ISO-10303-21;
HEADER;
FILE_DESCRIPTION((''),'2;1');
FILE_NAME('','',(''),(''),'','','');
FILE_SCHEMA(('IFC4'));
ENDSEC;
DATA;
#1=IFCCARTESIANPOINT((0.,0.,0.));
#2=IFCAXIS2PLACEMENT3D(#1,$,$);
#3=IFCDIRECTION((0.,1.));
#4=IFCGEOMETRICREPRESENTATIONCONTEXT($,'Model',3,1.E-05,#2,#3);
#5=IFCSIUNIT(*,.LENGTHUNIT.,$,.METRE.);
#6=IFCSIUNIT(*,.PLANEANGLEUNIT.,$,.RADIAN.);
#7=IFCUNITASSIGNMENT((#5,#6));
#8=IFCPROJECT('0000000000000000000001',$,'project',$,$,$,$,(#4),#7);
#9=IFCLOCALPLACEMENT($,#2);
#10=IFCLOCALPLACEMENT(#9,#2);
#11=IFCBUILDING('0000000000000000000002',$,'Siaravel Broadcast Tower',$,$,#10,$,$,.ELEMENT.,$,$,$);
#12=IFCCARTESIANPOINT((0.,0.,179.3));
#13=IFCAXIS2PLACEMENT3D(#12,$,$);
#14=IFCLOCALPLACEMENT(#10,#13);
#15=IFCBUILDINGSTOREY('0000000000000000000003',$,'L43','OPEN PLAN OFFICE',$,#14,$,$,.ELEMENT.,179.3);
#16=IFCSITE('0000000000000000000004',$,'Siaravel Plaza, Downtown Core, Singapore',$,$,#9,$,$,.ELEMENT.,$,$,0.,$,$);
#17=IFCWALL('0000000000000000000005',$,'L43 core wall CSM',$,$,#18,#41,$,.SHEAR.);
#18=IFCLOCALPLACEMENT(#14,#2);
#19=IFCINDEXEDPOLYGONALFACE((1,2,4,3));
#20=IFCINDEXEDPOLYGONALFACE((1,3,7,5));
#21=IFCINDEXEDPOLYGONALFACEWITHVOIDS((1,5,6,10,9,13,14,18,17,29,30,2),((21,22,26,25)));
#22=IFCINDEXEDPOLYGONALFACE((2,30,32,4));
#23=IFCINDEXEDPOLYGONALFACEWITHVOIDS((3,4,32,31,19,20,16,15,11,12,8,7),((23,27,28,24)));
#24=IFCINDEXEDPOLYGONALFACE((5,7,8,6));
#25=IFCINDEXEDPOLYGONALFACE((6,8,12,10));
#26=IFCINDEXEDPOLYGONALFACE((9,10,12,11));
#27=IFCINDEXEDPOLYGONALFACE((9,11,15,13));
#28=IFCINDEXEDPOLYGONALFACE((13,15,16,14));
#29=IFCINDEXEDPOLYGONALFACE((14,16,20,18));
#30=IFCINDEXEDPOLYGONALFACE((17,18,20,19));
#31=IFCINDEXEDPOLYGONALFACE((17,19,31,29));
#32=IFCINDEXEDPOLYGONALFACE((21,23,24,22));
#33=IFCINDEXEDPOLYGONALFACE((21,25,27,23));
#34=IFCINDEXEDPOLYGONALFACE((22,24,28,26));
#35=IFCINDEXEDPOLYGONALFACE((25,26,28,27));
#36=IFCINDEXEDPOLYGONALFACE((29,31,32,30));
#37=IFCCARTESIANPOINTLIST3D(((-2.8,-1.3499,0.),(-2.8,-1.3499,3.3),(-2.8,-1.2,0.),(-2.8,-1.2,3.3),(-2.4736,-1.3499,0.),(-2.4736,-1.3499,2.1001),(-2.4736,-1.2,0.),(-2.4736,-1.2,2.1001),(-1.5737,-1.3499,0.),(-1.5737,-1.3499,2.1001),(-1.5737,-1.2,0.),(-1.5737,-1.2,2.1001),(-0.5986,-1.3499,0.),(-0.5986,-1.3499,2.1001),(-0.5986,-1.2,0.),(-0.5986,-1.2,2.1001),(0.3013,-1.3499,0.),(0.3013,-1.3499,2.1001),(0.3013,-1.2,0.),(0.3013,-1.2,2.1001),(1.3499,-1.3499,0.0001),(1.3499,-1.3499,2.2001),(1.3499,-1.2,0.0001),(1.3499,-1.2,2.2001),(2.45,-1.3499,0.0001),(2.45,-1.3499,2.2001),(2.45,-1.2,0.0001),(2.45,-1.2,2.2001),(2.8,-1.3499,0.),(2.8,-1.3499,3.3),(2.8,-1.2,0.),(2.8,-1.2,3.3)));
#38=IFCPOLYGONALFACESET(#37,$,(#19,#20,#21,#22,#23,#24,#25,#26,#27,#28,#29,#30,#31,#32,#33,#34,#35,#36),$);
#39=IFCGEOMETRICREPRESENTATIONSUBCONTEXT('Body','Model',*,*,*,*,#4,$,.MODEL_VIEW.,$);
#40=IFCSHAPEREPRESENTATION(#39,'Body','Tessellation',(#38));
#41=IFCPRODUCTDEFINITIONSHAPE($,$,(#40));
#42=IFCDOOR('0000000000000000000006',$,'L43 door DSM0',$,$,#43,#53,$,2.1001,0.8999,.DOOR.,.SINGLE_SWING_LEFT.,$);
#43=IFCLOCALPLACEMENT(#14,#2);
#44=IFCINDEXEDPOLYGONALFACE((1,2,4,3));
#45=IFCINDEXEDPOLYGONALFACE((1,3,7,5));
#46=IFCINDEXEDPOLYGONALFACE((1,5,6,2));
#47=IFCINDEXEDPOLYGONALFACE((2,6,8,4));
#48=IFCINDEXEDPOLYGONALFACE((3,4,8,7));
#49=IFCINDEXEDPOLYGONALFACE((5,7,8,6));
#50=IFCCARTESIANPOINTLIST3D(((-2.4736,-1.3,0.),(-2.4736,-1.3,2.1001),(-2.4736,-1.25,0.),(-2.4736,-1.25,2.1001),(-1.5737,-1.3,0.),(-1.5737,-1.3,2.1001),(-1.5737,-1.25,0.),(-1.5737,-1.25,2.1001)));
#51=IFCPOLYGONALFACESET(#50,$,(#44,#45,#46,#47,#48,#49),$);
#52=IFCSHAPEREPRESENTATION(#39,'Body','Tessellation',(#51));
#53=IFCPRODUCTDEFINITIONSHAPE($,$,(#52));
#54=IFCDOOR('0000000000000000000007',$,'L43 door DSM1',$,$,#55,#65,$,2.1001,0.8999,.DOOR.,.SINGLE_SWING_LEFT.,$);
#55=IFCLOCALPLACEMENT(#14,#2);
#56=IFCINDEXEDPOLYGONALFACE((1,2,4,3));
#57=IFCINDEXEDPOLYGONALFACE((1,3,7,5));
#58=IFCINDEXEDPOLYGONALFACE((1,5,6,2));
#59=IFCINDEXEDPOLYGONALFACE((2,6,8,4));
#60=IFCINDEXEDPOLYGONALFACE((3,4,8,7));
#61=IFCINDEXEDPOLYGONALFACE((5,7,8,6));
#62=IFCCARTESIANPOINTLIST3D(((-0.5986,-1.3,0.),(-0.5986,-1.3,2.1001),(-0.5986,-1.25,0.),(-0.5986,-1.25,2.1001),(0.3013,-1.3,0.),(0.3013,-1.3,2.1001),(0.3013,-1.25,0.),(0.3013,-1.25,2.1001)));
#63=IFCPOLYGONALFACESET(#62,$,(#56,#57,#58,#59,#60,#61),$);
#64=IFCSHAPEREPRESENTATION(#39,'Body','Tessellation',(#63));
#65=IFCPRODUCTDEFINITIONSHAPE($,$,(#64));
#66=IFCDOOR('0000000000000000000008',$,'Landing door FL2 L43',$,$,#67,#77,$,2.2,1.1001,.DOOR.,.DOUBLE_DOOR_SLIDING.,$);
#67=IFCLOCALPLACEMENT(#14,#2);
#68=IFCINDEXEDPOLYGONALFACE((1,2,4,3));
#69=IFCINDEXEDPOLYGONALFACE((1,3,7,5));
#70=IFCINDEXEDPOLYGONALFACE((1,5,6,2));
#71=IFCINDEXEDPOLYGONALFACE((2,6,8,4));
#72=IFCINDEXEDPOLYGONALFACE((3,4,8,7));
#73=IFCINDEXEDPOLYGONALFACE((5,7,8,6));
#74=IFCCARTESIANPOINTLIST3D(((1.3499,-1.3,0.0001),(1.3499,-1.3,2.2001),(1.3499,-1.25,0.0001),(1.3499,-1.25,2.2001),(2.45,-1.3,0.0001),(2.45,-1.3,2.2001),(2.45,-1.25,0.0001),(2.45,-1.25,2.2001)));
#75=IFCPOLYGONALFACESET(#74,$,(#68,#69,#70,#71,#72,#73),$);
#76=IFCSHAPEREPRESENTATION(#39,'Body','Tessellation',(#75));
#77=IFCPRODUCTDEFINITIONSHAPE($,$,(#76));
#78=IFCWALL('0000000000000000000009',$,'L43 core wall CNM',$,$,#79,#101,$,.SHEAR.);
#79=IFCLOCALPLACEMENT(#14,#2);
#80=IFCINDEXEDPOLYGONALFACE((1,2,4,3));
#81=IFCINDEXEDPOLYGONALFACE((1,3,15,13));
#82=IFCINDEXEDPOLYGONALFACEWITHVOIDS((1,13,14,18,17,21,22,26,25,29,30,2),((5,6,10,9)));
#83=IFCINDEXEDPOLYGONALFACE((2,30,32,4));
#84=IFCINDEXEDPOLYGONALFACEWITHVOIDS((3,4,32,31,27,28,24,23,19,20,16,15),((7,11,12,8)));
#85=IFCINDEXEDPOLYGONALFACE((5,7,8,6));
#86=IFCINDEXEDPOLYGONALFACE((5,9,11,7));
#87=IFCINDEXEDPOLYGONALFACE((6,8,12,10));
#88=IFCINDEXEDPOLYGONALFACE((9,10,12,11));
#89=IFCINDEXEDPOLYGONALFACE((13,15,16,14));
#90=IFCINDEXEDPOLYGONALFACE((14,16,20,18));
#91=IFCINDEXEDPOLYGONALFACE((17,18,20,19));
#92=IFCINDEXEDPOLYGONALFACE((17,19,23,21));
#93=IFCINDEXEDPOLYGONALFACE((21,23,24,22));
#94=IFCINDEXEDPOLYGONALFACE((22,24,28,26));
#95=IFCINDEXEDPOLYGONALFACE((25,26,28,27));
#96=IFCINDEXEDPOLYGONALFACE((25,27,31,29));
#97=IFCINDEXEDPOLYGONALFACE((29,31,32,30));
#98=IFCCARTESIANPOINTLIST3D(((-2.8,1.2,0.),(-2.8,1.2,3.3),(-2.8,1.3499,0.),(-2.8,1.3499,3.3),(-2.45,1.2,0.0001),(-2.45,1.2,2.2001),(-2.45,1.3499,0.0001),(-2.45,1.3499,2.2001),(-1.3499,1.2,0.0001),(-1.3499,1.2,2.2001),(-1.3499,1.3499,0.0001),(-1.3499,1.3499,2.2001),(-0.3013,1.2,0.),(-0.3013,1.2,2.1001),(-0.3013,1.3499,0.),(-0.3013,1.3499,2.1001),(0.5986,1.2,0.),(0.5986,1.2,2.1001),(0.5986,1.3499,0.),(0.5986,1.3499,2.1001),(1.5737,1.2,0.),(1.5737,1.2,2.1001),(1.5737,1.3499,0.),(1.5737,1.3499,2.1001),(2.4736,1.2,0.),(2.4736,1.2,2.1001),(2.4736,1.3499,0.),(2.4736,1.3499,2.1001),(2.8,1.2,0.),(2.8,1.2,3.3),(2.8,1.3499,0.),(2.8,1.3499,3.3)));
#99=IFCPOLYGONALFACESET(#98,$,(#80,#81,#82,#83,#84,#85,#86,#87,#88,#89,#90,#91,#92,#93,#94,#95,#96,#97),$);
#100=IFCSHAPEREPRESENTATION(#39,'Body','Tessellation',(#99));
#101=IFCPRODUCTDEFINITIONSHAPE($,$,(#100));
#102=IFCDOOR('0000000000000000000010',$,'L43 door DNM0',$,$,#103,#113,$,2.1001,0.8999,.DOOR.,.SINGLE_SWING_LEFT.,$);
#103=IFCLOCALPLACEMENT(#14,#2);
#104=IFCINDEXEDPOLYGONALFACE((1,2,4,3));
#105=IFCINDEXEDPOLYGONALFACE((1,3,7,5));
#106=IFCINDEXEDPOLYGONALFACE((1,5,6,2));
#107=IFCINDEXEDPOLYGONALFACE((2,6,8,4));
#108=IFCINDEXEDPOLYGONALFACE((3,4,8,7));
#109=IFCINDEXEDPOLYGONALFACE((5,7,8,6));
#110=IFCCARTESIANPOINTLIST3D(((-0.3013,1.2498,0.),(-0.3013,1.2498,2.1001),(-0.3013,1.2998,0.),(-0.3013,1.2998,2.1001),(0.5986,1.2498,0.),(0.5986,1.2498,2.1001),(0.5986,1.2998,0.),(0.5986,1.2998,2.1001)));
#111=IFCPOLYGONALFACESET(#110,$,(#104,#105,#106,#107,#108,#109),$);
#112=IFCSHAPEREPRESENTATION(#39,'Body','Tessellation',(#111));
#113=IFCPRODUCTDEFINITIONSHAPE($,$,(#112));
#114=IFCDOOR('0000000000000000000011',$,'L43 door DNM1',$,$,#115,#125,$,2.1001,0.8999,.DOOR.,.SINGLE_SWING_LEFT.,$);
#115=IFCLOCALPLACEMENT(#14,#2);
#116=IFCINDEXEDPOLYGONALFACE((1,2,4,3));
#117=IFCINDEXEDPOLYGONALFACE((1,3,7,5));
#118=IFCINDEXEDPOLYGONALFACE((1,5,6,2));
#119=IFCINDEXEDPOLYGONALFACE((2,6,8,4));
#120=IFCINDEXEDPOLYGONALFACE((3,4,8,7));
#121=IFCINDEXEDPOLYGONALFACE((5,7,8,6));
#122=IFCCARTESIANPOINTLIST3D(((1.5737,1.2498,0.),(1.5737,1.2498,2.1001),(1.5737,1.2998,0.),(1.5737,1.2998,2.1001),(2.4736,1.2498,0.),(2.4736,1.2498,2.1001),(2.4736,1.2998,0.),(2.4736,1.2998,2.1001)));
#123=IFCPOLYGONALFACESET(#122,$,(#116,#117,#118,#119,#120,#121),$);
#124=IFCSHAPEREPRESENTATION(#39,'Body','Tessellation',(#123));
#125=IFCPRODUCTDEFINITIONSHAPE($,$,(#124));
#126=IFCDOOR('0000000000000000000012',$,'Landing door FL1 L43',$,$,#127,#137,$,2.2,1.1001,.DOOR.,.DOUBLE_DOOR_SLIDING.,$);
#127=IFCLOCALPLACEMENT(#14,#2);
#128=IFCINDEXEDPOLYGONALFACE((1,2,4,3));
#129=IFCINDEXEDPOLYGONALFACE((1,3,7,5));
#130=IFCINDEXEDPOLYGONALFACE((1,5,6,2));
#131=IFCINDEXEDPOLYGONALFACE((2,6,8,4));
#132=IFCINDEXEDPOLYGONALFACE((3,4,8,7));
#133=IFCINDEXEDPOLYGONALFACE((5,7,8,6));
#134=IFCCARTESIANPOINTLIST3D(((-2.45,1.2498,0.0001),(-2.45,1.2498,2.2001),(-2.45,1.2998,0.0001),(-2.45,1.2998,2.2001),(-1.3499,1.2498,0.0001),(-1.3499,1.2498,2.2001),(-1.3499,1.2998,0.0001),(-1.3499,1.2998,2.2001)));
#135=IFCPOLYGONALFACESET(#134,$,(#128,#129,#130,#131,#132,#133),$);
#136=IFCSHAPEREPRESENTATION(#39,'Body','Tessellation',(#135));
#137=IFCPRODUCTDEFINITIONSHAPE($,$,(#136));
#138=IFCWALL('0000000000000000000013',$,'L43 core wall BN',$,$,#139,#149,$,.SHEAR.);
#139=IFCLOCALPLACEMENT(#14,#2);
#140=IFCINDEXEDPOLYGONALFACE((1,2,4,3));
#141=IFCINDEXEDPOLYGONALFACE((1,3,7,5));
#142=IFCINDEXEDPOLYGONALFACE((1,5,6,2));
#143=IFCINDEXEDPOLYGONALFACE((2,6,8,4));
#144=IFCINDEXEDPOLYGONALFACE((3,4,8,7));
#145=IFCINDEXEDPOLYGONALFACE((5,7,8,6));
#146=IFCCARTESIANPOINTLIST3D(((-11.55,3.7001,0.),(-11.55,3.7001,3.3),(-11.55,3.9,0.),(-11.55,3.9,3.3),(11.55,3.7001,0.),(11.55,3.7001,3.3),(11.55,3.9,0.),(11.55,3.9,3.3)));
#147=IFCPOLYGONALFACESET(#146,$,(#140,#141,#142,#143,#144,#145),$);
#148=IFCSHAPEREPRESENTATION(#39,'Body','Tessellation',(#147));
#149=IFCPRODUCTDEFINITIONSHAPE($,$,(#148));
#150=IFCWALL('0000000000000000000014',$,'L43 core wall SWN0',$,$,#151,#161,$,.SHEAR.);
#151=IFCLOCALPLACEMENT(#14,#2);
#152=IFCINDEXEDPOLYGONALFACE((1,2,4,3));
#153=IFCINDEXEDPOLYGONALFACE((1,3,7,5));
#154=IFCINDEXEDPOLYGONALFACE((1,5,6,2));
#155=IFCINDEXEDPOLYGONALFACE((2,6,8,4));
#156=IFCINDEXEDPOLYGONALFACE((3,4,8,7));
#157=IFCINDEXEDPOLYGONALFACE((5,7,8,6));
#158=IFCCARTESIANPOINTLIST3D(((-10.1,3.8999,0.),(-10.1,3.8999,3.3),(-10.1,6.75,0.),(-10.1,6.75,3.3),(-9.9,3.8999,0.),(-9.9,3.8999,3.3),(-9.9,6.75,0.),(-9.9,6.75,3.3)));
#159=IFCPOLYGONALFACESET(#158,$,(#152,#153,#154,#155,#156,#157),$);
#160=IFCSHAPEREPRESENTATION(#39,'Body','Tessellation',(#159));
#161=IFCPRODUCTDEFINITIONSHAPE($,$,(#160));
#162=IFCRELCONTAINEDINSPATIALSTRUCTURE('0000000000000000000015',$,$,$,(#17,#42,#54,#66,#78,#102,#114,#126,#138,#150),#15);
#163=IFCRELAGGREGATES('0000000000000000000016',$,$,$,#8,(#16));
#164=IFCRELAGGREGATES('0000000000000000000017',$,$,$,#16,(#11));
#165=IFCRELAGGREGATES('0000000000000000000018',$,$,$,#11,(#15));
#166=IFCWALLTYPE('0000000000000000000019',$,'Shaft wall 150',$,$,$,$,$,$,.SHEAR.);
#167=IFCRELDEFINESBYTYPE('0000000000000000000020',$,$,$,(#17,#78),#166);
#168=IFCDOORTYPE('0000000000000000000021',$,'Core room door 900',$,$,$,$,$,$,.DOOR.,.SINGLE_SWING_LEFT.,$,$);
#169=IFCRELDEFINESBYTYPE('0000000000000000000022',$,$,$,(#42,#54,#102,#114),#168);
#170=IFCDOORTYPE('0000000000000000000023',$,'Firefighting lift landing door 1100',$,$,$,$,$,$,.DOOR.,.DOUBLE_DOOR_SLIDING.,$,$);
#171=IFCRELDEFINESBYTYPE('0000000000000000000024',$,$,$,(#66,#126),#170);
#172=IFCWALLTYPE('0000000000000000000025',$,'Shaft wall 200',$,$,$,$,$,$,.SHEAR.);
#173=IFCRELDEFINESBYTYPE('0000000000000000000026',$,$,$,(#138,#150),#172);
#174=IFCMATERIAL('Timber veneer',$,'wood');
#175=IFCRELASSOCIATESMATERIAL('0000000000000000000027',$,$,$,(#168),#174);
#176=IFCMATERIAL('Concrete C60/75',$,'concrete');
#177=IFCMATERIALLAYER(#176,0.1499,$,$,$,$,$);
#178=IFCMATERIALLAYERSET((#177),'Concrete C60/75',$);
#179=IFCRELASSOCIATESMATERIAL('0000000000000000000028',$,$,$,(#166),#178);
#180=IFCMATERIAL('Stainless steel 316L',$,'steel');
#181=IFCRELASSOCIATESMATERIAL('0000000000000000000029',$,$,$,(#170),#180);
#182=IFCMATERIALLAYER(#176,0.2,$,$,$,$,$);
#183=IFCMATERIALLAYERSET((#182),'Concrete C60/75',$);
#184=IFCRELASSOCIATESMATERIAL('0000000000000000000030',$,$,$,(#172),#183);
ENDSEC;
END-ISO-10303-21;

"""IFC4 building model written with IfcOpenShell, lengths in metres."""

from ifc_helpers import new_model, si_unit, direction, frame, frame_2d, origin, place, context, subcontext, project, spatial, rectangle, extrude, material, layer, layer_set, type_object, element, fill, save


model = new_model("IFC4")

# Units and contexts
model_context = context("Model", 3, precision=1e-05, world=origin(), true_north=direction((0.0, 1.0)))
body_context = subcontext(model_context, "Body", "Model", "MODEL_VIEW")
ifc_project = project(units=[si_unit("LENGTHUNIT", "METRE"), si_unit("PLANEANGLEUNIT", "RADIAN")], contexts=[model_context])

# Site, building, storey
site_placement = place(None, origin())
site = spatial("IfcSite", under=ifc_project, at=site_placement, Name="Siaravel Plaza, Downtown Core, Singapore", CompositionType="ELEMENT", RefElevation=0.0)
building_placement = place(site_placement, origin())
building = spatial("IfcBuilding", under=site, at=building_placement, Name="Siaravel Broadcast Tower", CompositionType="ELEMENT")
storey_placement = place(building_placement, frame((0.0, 0.0, 179.3)))
storey = spatial("IfcBuildingStorey", under=building, at=storey_placement, Name="L43", Description="OPEN PLAN OFFICE", CompositionType="ELEMENT", Elevation=179.3)

# Shared definitions
ifc_material_1 = material(Name="Timber veneer", Category="wood")
door_type_1 = type_object("IfcDoorType", Name="Core room door 900", OperationType="SINGLE_SWING_LEFT", PredefinedType="DOOR", material=ifc_material_1)

# Walls, openings, doors
ifc_material_2 = material(Name="Concrete C60/75", Category="concrete")
ifc_layer_1 = layer(ifc_material_2, 0.1499)
ifc_layer_set_1 = layer_set([ifc_layer_1], Name="Concrete C60/75")
wall_type_1 = type_object("IfcWallType", Name="Shaft wall 150", PredefinedType="SHEAR", material=ifc_layer_set_1)
wall_1_placement = place(storey_placement, frame((-2.8, -1.2749, 0.0), z_axis=(0.0, 0.0, 1.0), x_axis=(1.0, 0.0, 0.0)))
wall_1 = element("IfcWall", 1, at=wall_1_placement, inside=storey, type_object=wall_type_1, Name="L43 core wall CSM", PredefinedType="SHEAR", context=body_context, shape_type="SweptSolid", body=[
    extrude(rectangle(XDim=5.6001, YDim=0.1499, at=frame_2d((2.8, 0.0))), origin(), (0.0, 0.0, 1.0), 3.3),
])
opening_1_placement = place(wall_1_placement, frame((4.1499, 0.0, 0.0)))
opening_1 = element("IfcOpeningElement", 2, at=opening_1_placement, cuts=wall_1, PredefinedType="OPENING", context=body_context, shape_type="SweptSolid", body=[
    extrude(rectangle(XDim=1.1001, YDim=2.2, at=frame_2d((0.55, 1.1001))), frame((0.0, 0.085, 0.0), z_axis=(0.0, -1.0, 0.0), x_axis=(1.0, 0.0, 0.0)), (0.0, 0.0, 1.0), 0.1699),
])
opening_2_placement = place(wall_1_placement, frame((0.3264, 0.0, 0.0)))
opening_2 = element("IfcOpeningElement", 3, at=opening_2_placement, cuts=wall_1, PredefinedType="OPENING", context=body_context, shape_type="SweptSolid", body=[
    extrude(rectangle(XDim=0.8999, YDim=2.1001, at=frame_2d((0.45, 1.05))), frame((0.0, 0.085, 0.0), z_axis=(0.0, -1.0, 0.0), x_axis=(1.0, 0.0, 0.0)), (0.0, 0.0, 1.0), 0.1699),
])
opening_3_placement = place(wall_1_placement, frame((2.2014, 0.0, 0.0)))
opening_3 = element("IfcOpeningElement", 4, at=opening_3_placement, cuts=wall_1, PredefinedType="OPENING", context=body_context, shape_type="SweptSolid", body=[
    extrude(rectangle(XDim=0.8999, YDim=2.1001, at=frame_2d((0.45, 1.05))), frame((0.0, 0.085, 0.0), z_axis=(0.0, -1.0, 0.0), x_axis=(1.0, 0.0, 0.0)), (0.0, 0.0, 1.0), 0.1699),
])
door_1_placement = place(opening_2_placement, origin())
door_1 = element("IfcDoor", 5, at=door_1_placement, inside=storey, type_object=door_type_1, Name="L43 door DSM0", OperationType="SINGLE_SWING_LEFT", OverallHeight=2.1001, OverallWidth=0.8999, PredefinedType="DOOR", context=body_context, shape_type="SweptSolid", body=[
    extrude(rectangle(XDim=0.8999, YDim=2.1001, at=frame_2d((0.45, 1.05))), frame((0.0, 0.0249, 0.0), z_axis=(0.0, -1.0, 0.0), x_axis=(1.0, 0.0, 0.0)), (0.0, 0.0, 1.0), 0.05),
])
fill(opening_2, door_1)
door_2_placement = place(opening_3_placement, origin())
door_2 = element("IfcDoor", 6, at=door_2_placement, inside=storey, type_object=door_type_1, Name="L43 door DSM1", OperationType="SINGLE_SWING_LEFT", OverallHeight=2.1001, OverallWidth=0.8999, PredefinedType="DOOR", context=body_context, shape_type="SweptSolid", body=[
    extrude(rectangle(XDim=0.8999, YDim=2.1001, at=frame_2d((0.45, 1.05))), frame((0.0, 0.0249, 0.0), z_axis=(0.0, -1.0, 0.0), x_axis=(1.0, 0.0, 0.0)), (0.0, 0.0, 1.0), 0.05),
])
fill(opening_3, door_2)
ifc_material_3 = material(Name="Stainless steel 316L", Category="steel")
door_type_2 = type_object("IfcDoorType", Name="Firefighting lift landing door 1100", OperationType="DOUBLE_DOOR_SLIDING", PredefinedType="DOOR", material=ifc_material_3)
door_3_placement = place(opening_1_placement, origin())
door_3 = element("IfcDoor", 7, at=door_3_placement, inside=storey, type_object=door_type_2, Name="Landing door FL2 L43", OperationType="DOUBLE_DOOR_SLIDING", OverallHeight=2.2, OverallWidth=1.1001, PredefinedType="DOOR", context=body_context, shape_type="SweptSolid", body=[
    extrude(rectangle(XDim=1.1001, YDim=2.2, at=frame_2d((0.55, 1.1001))), frame((0.0, 0.0249, 0.0), z_axis=(0.0, -1.0, 0.0), x_axis=(1.0, 0.0, 0.0)), (0.0, 0.0, 1.0), 0.05),
])
fill(opening_1, door_3)
wall_2_placement = place(storey_placement, frame((-2.8, 1.2749, 0.0), z_axis=(0.0, 0.0, 1.0), x_axis=(1.0, 0.0, 0.0)))
wall_2 = element("IfcWall", 8, at=wall_2_placement, inside=storey, type_object=wall_type_1, Name="L43 core wall CNM", PredefinedType="SHEAR", context=body_context, shape_type="SweptSolid", body=[
    extrude(rectangle(XDim=5.6001, YDim=0.1499, at=frame_2d((2.8, 0.0))), origin(), (0.0, 0.0, 1.0), 3.3),
])
opening_4_placement = place(wall_2_placement, frame((0.3501, 0.0, 0.0)))
opening_4 = element("IfcOpeningElement", 9, at=opening_4_placement, cuts=wall_2, PredefinedType="OPENING", context=body_context, shape_type="SweptSolid", body=[
    extrude(rectangle(XDim=1.1001, YDim=2.2, at=frame_2d((0.55, 1.1001))), frame((0.0, 0.085, 0.0), z_axis=(0.0, -1.0, 0.0), x_axis=(1.0, 0.0, 0.0)), (0.0, 0.0, 1.0), 0.1699),
])
opening_5_placement = place(wall_2_placement, frame((2.4988, 0.0, 0.0)))
opening_5 = element("IfcOpeningElement", 10, at=opening_5_placement, cuts=wall_2, PredefinedType="OPENING", context=body_context, shape_type="SweptSolid", body=[
    extrude(rectangle(XDim=0.8999, YDim=2.1001, at=frame_2d((0.45, 1.05))), frame((0.0, 0.085, 0.0), z_axis=(0.0, -1.0, 0.0), x_axis=(1.0, 0.0, 0.0)), (0.0, 0.0, 1.0), 0.1699),
])
opening_6_placement = place(wall_2_placement, frame((4.3738, 0.0, 0.0)))
opening_6 = element("IfcOpeningElement", 11, at=opening_6_placement, cuts=wall_2, PredefinedType="OPENING", context=body_context, shape_type="SweptSolid", body=[
    extrude(rectangle(XDim=0.8999, YDim=2.1001, at=frame_2d((0.45, 1.05))), frame((0.0, 0.085, 0.0), z_axis=(0.0, -1.0, 0.0), x_axis=(1.0, 0.0, 0.0)), (0.0, 0.0, 1.0), 0.1699),
])
door_4_placement = place(opening_5_placement, origin())
door_4 = element("IfcDoor", 12, at=door_4_placement, inside=storey, type_object=door_type_1, Name="L43 door DNM0", OperationType="SINGLE_SWING_LEFT", OverallHeight=2.1001, OverallWidth=0.8999, PredefinedType="DOOR", context=body_context, shape_type="SweptSolid", body=[
    extrude(rectangle(XDim=0.8999, YDim=2.1001, at=frame_2d((0.45, 1.05))), frame((0.0, 0.0249, 0.0), z_axis=(0.0, -1.0, 0.0), x_axis=(1.0, 0.0, 0.0)), (0.0, 0.0, 1.0), 0.05),
])
fill(opening_5, door_4)
door_5_placement = place(opening_6_placement, origin())
door_5 = element("IfcDoor", 13, at=door_5_placement, inside=storey, type_object=door_type_1, Name="L43 door DNM1", OperationType="SINGLE_SWING_LEFT", OverallHeight=2.1001, OverallWidth=0.8999, PredefinedType="DOOR", context=body_context, shape_type="SweptSolid", body=[
    extrude(rectangle(XDim=0.8999, YDim=2.1001, at=frame_2d((0.45, 1.05))), frame((0.0, 0.0249, 0.0), z_axis=(0.0, -1.0, 0.0), x_axis=(1.0, 0.0, 0.0)), (0.0, 0.0, 1.0), 0.05),
])
fill(opening_6, door_5)
door_6_placement = place(opening_4_placement, origin())
door_6 = element("IfcDoor", 14, at=door_6_placement, inside=storey, type_object=door_type_2, Name="Landing door FL1 L43", OperationType="DOUBLE_DOOR_SLIDING", OverallHeight=2.2, OverallWidth=1.1001, PredefinedType="DOOR", context=body_context, shape_type="SweptSolid", body=[
    extrude(rectangle(XDim=1.1001, YDim=2.2, at=frame_2d((0.55, 1.1001))), frame((0.0, 0.0249, 0.0), z_axis=(0.0, -1.0, 0.0), x_axis=(1.0, 0.0, 0.0)), (0.0, 0.0, 1.0), 0.05),
])
fill(opening_4, door_6)

# Walls
ifc_layer_2 = layer(ifc_material_2, 0.2)
ifc_layer_set_2 = layer_set([ifc_layer_2], Name="Concrete C60/75")
wall_type_2 = type_object("IfcWallType", Name="Shaft wall 200", PredefinedType="SHEAR", material=ifc_layer_set_2)
wall_3_placement = place(storey_placement, frame((-11.55, 3.8, 0.0), z_axis=(0.0, 0.0, 1.0), x_axis=(1.0, 0.0, 0.0)))
element("IfcWall", 15, at=wall_3_placement, inside=storey, type_object=wall_type_2, Name="L43 core wall BN", PredefinedType="SHEAR", context=body_context, shape_type="SweptSolid", body=[
    extrude(rectangle(XDim=23.1001, YDim=0.2, at=frame_2d((11.55, 0.0))), origin(), (0.0, 0.0, 1.0), 3.3),
])
for number, where, z_axis, x_axis, name in (
    (16, (-10.0, 3.8999, 0.0), (0.0, 0.0, 1.0), (0.0, 1.0, 0.0), "L43 core wall SWN0"),
):
    element("IfcWall", number, at=place(storey_placement, frame(where, z_axis=z_axis, x_axis=x_axis)), inside=storey, type_object=wall_type_2, Name=name, PredefinedType="SHEAR", context=body_context, shape_type="SweptSolid", body=[
        extrude(rectangle(XDim=2.8501, YDim=0.2, at=frame_2d((1.425, 0.0))), origin(), (0.0, 0.0, 1.0), 3.3),
    ])

save(model, "model.ifc")
